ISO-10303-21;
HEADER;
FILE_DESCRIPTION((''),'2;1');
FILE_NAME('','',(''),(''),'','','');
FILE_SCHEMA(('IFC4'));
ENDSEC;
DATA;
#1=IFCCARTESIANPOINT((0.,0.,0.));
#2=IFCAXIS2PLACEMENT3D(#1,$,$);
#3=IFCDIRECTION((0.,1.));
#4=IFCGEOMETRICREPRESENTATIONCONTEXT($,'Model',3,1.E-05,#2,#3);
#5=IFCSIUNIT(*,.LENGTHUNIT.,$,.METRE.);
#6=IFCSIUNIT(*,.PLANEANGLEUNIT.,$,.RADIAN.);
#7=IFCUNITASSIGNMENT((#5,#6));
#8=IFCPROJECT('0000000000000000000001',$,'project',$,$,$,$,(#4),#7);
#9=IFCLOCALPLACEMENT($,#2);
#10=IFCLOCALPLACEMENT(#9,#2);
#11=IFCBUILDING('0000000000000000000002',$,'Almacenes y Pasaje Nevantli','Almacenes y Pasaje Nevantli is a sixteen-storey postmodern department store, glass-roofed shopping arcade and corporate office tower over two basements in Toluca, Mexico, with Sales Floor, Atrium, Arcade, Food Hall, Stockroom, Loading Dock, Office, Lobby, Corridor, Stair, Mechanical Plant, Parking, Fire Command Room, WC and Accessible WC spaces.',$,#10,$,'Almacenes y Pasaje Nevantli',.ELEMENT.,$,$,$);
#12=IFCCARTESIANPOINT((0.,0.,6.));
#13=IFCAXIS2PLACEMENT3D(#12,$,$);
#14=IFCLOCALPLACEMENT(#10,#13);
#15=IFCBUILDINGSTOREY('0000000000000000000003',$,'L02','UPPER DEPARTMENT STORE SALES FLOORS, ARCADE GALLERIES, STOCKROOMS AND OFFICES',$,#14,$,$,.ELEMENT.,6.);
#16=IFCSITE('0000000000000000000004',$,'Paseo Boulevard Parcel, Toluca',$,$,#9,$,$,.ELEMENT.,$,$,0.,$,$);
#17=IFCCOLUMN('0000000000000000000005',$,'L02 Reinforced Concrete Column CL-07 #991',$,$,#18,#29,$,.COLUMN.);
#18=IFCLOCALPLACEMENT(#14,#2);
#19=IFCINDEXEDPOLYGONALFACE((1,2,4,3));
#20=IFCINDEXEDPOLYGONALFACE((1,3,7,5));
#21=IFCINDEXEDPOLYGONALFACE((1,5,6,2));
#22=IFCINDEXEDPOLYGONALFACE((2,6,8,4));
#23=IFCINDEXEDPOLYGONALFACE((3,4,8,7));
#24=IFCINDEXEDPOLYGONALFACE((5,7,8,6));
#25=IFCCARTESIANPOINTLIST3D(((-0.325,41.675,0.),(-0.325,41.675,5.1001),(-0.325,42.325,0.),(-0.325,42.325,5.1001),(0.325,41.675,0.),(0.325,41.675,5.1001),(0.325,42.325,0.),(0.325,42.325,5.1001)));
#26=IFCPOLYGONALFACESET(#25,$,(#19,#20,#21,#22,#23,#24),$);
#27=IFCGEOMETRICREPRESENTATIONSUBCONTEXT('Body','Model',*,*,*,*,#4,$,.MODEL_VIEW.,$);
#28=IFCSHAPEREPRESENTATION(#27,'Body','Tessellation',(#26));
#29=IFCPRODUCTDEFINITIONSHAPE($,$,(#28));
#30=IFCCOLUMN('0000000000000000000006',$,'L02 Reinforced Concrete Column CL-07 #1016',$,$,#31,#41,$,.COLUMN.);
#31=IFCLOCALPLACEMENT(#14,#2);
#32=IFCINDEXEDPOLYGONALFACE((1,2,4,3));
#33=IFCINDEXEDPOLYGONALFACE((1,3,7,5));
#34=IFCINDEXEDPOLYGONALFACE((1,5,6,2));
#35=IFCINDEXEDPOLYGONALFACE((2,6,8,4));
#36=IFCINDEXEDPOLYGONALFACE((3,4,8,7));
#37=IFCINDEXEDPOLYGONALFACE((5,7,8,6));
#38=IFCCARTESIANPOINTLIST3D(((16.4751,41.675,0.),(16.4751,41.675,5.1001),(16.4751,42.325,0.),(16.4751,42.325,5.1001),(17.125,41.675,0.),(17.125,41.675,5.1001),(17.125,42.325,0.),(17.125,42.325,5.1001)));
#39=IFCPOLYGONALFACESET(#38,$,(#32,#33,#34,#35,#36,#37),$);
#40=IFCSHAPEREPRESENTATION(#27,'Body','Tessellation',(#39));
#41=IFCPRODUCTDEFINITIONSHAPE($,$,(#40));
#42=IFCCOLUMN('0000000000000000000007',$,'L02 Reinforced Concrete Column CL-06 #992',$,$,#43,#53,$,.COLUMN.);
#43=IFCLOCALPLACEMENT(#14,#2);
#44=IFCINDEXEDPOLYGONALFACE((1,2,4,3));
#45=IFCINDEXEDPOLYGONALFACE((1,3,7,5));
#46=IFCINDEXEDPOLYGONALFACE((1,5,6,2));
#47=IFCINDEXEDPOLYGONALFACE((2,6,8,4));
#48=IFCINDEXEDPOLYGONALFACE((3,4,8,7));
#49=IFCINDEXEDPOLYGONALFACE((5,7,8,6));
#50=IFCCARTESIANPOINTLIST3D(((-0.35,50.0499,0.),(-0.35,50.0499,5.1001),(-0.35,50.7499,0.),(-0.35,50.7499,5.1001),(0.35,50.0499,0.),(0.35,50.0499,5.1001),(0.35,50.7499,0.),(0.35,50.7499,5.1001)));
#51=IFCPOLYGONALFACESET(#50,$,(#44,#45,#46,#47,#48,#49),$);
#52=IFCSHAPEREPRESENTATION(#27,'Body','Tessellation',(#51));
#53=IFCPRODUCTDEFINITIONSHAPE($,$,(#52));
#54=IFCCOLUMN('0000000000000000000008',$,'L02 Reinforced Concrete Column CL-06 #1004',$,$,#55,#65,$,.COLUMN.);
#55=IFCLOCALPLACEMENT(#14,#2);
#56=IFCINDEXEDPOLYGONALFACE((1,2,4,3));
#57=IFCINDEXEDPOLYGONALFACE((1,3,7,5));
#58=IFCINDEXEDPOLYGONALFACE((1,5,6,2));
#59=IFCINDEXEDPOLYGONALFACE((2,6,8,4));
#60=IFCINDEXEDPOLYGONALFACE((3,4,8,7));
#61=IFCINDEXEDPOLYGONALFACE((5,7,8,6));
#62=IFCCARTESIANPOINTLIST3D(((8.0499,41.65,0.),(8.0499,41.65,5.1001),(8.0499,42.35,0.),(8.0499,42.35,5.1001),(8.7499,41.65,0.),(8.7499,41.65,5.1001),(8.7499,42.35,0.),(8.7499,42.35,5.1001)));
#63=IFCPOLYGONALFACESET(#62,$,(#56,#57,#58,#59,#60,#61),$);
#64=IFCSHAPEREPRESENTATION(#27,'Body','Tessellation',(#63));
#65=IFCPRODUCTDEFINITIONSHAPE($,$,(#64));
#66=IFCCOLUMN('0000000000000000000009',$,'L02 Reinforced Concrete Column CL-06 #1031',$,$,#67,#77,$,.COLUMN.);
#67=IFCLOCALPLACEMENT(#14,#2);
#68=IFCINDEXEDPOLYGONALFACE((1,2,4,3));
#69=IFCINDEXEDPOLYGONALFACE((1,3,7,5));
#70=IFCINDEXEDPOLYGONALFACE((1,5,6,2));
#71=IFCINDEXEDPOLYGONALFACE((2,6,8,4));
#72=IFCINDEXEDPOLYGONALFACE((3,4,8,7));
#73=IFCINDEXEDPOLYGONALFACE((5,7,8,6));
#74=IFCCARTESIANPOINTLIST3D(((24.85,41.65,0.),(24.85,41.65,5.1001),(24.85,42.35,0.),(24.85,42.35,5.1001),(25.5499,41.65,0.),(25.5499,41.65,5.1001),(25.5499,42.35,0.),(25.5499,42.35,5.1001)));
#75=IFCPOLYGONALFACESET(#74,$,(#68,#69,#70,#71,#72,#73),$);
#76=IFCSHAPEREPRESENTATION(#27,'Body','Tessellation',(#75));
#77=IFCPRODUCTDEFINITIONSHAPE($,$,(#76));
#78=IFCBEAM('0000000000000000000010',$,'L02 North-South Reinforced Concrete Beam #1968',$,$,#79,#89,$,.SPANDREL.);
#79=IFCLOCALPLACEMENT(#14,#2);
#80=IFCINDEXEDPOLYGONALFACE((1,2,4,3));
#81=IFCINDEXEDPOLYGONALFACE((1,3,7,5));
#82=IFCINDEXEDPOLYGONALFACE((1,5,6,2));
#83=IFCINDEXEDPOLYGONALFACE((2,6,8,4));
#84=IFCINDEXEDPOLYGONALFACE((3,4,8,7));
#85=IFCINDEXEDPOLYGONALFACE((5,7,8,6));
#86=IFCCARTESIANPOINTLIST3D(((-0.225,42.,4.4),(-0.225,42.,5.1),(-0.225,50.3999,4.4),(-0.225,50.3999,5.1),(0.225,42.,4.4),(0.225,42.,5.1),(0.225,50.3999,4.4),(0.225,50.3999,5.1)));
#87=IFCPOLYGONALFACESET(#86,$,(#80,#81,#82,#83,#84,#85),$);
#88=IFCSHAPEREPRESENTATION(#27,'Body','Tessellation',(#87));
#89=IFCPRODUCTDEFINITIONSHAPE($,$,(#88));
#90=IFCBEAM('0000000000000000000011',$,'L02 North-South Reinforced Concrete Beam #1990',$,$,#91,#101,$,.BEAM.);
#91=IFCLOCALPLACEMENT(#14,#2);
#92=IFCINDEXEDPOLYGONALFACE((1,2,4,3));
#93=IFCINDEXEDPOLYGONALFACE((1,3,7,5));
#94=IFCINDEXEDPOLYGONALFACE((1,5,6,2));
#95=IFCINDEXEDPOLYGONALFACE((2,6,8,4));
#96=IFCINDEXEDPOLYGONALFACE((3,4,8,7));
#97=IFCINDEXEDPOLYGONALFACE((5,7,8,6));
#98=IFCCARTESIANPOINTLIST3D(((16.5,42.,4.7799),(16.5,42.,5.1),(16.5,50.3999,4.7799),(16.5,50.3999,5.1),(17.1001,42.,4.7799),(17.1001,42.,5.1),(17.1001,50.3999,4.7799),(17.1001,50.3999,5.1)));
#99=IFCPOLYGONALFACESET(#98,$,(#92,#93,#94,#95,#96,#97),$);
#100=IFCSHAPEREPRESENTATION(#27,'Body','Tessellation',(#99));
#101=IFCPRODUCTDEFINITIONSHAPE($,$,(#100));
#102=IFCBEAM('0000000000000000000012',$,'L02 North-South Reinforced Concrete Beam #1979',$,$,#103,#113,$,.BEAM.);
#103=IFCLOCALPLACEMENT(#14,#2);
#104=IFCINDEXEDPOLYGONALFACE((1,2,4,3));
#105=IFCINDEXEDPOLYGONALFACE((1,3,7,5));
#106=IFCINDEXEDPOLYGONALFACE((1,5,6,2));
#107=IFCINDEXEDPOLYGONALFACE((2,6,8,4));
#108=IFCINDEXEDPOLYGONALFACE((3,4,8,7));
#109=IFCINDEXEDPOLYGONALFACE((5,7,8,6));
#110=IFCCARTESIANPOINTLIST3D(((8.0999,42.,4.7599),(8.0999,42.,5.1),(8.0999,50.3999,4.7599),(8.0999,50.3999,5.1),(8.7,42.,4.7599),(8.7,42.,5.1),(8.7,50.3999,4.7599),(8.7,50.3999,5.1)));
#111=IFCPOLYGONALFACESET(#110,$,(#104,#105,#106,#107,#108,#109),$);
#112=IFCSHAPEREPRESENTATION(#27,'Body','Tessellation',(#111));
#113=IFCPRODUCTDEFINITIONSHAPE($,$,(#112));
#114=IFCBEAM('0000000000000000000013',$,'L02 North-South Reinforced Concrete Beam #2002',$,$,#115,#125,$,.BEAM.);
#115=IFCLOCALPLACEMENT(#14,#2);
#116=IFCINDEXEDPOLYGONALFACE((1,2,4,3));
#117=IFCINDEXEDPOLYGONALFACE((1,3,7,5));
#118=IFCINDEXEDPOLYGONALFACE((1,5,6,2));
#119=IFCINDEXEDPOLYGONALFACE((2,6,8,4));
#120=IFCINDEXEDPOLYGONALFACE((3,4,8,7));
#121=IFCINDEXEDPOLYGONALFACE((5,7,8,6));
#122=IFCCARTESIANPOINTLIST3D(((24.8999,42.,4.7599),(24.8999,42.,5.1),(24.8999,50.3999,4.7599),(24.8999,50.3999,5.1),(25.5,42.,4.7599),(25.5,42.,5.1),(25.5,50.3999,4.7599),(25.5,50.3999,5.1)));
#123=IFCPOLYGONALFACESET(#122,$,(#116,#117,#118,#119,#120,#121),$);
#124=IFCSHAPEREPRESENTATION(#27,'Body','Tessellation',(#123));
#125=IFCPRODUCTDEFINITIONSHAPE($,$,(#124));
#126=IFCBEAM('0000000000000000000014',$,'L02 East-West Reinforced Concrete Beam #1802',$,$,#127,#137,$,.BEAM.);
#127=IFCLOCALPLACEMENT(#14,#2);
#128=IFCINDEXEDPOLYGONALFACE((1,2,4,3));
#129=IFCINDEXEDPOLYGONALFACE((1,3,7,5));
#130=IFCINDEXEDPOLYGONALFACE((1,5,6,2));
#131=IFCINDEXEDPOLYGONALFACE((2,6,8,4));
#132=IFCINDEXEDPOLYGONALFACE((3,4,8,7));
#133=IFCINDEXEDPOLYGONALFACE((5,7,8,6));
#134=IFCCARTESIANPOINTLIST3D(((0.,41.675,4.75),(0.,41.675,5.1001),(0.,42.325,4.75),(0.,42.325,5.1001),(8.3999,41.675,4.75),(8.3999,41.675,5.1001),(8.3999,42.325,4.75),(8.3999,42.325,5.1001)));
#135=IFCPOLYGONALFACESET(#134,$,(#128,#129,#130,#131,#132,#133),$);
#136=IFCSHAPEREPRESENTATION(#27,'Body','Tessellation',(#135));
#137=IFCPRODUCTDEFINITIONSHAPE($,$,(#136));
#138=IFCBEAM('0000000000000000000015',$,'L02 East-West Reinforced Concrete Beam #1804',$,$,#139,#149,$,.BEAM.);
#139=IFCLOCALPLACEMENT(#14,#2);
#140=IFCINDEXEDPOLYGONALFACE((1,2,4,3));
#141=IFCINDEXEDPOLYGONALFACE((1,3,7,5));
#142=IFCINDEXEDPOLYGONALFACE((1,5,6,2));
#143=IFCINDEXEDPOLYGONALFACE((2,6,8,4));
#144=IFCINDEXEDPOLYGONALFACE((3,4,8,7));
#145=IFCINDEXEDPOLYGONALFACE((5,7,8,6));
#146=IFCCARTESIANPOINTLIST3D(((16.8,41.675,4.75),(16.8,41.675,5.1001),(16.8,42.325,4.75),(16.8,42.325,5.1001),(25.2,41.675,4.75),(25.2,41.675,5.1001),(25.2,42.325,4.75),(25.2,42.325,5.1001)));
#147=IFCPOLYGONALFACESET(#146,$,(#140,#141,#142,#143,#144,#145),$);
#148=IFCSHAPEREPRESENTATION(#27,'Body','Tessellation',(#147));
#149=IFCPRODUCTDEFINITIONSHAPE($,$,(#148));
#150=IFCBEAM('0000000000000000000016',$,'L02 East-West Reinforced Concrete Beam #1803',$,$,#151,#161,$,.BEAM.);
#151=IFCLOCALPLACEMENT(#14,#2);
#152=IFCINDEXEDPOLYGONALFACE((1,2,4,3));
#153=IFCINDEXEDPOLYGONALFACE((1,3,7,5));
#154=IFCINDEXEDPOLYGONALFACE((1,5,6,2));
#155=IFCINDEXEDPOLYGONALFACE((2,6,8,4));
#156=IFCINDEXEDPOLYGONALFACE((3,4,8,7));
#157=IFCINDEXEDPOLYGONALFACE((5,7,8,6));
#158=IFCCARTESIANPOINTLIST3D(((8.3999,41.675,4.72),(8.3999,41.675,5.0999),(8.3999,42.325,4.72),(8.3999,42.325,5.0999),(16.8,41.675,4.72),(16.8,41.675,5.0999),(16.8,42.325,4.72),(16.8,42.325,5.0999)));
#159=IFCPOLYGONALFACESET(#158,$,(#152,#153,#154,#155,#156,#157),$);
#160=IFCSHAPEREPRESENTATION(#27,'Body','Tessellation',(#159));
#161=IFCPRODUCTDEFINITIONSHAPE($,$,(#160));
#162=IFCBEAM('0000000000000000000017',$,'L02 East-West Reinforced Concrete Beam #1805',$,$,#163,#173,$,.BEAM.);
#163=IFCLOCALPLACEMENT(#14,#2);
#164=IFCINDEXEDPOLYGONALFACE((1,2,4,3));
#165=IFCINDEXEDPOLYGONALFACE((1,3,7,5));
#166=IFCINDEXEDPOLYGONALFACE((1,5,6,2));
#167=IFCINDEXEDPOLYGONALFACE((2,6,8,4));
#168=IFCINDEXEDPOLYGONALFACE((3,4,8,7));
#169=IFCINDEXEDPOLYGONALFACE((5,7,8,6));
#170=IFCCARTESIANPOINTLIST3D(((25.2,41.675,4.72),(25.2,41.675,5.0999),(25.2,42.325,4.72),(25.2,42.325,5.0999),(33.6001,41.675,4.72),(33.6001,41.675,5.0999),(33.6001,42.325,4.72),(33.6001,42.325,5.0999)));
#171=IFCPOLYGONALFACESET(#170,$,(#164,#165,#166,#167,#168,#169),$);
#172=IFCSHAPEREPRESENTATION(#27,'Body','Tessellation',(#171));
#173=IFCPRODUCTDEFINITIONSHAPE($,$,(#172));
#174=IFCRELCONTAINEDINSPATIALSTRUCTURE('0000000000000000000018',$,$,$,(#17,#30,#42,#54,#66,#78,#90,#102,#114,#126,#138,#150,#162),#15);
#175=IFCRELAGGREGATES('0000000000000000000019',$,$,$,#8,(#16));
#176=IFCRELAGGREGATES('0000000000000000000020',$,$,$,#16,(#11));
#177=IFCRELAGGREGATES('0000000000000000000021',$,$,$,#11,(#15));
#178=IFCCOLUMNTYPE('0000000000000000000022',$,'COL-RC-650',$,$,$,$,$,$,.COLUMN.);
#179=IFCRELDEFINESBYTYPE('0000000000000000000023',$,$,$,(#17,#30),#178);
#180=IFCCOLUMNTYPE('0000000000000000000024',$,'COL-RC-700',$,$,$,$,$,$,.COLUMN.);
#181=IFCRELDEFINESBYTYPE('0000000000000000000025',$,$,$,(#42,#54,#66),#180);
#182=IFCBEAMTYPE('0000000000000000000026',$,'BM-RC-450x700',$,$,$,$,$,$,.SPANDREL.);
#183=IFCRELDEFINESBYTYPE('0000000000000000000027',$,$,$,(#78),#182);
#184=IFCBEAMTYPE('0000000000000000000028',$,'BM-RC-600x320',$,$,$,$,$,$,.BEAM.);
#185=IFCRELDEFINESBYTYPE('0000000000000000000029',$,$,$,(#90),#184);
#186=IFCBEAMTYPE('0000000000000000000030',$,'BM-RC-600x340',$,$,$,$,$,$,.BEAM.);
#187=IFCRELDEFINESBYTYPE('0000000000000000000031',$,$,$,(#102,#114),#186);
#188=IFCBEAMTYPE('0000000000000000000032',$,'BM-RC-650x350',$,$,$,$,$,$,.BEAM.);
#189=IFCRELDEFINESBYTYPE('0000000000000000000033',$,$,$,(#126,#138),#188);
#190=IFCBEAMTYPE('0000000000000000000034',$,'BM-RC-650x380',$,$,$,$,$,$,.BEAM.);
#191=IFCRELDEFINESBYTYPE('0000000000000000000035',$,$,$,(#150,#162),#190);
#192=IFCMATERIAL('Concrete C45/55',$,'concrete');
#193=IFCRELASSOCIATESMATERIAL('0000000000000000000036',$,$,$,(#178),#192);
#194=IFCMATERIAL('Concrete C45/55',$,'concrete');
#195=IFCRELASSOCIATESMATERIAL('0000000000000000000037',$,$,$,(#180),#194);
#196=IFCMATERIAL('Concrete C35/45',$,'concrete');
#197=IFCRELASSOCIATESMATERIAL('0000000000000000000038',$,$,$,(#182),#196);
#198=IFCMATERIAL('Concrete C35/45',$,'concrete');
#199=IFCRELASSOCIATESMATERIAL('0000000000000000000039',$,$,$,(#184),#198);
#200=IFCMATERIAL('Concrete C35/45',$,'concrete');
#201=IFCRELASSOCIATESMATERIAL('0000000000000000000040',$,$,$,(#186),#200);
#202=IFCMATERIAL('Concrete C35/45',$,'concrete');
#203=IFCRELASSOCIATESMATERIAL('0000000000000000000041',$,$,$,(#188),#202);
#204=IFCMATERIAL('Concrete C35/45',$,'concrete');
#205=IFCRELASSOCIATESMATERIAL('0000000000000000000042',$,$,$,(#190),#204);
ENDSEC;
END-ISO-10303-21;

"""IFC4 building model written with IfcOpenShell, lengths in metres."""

from ifc_helpers import new_model, si_unit, direction, frame, origin, origin_2d, place, context, subcontext, project, spatial, rectangle, extrude, material, material_profile, profile_set, type_object, element, save


model = new_model("IFC4")

# Units and contexts
model_context = context("Model", 3, precision=1e-05, world=origin(), true_north=direction((0.0, 1.0)))
body_context = subcontext(model_context, "Body", "Model", "MODEL_VIEW")
ifc_project = project(units=[si_unit("LENGTHUNIT", "METRE"), si_unit("PLANEANGLEUNIT", "RADIAN")], contexts=[model_context])

# Site, building, storey
site_placement = place(None, origin())
site = spatial("IfcSite", under=ifc_project, at=site_placement, Name="Paseo Boulevard Parcel, Toluca", CompositionType="ELEMENT", RefElevation=0.0)
building_placement = place(site_placement, origin())
building = spatial("IfcBuilding", under=site, at=building_placement, Name="Almacenes y Pasaje Nevantli", Description="Almacenes y Pasaje Nevantli is a sixteen-storey postmodern department store, glass-roofed shopping arcade and corporate office tower over two basements in Toluca, Mexico, with Sales Floor, Atrium, Arcade, Food Hall, Stockroom, Loading Dock, Office, Lobby, Corridor, Stair, Mechanical Plant, Parking, Fire Command Room, WC and Accessible WC spaces.", LongName="Almacenes y Pasaje Nevantli", CompositionType="ELEMENT")
storey_placement = place(building_placement, frame((0.0, 0.0, 6.0)))
storey = spatial("IfcBuildingStorey", under=building, at=storey_placement, Name="L02", Description="UPPER DEPARTMENT STORE SALES FLOORS, ARCADE GALLERIES, STOCKROOMS AND OFFICES", CompositionType="ELEMENT", Elevation=6.0)

# Columns
ifc_material_1 = material(Name="Concrete C45/55", Category="concrete")
ifc_material_profile_1 = material_profile(ifc_material_1, rectangle(XDim=0.6499, YDim=0.6499, at=origin_2d()), Name="RC-COL-650x650")
ifc_profile_set_1 = profile_set([ifc_material_profile_1], Name="Concrete C45/55")
column_type_1 = type_object("IfcColumnType", Name="COL-RC-650", PredefinedType="COLUMN", material=ifc_profile_set_1)
for number, where, z_axis, x_axis, name in (
    (1, (0.0, 42.0, 0.0), (0.0, 0.0, 1.0), (1.0, 0.0, 0.0), "L02 Reinforced Concrete Column CL-07 #991"),
    (2, (16.8, 42.0, 0.0), (0.0, 0.0, 1.0), (1.0, 0.0, 0.0), "L02 Reinforced Concrete Column CL-07 #1016"),
):
    element("IfcColumn", number, at=place(storey_placement, frame(where, z_axis=z_axis, x_axis=x_axis)), inside=storey, type_object=column_type_1, Name=name, PredefinedType="COLUMN", context=body_context, shape_type="SweptSolid", body=[
        extrude(rectangle(XDim=0.6499, YDim=0.6499, at=origin_2d()), origin(), (0.0, 0.0, 1.0), 5.1001),
    ])
ifc_material_2 = material(Name="Concrete C45/55", Category="concrete")
ifc_material_profile_2 = material_profile(ifc_material_2, rectangle(XDim=0.7, YDim=0.7, at=origin_2d()), Name="RC-COL-700x700")
ifc_profile_set_2 = profile_set([ifc_material_profile_2], Name="Concrete C45/55")
column_type_2 = type_object("IfcColumnType", Name="COL-RC-700", PredefinedType="COLUMN", material=ifc_profile_set_2)
for number, where, z_axis, x_axis, name in (
    (3, (0.0, 50.3999, 0.0), (0.0, 0.0, 1.0), (1.0, 0.0, 0.0), "L02 Reinforced Concrete Column CL-06 #992"),
    (4, (8.3999, 42.0, 0.0), (0.0, 0.0, 1.0), (1.0, 0.0, 0.0), "L02 Reinforced Concrete Column CL-06 #1004"),
    (5, (25.2, 42.0, 0.0), (0.0, 0.0, 1.0), (1.0, 0.0, 0.0), "L02 Reinforced Concrete Column CL-06 #1031"),
):
    element("IfcColumn", number, at=place(storey_placement, frame(where, z_axis=z_axis, x_axis=x_axis)), inside=storey, type_object=column_type_2, Name=name, PredefinedType="COLUMN", context=body_context, shape_type="SweptSolid", body=[
        extrude(rectangle(XDim=0.7, YDim=0.7, at=origin_2d()), origin(), (0.0, 0.0, 1.0), 5.1001),
    ])

# Beams
ifc_material_3 = material(Name="Concrete C35/45", Category="concrete")
ifc_material_profile_3 = material_profile(ifc_material_3, rectangle(XDim=0.45, YDim=0.7, at=origin_2d()), Name="RC-BM-450x700")
ifc_profile_set_3 = profile_set([ifc_material_profile_3], Name="Concrete C35/45")
beam_type_1 = type_object("IfcBeamType", Name="BM-RC-450x700", PredefinedType="SPANDREL", material=ifc_profile_set_3)
beam_1_placement = place(storey_placement, frame((0.0, 42.0, 4.75), z_axis=(0.0, 1.0, 0.0), x_axis=(-1.0, 0.0, 0.0)))
element("IfcBeam", 6, at=beam_1_placement, inside=storey, type_object=beam_type_1, Name="L02 North-South Reinforced Concrete Beam #1968", PredefinedType="SPANDREL", context=body_context, shape_type="SweptSolid", body=[
    extrude(rectangle(XDim=0.45, YDim=0.7, at=origin_2d()), origin(), (0.0, 0.0, 1.0), 8.3999),
])
ifc_material_4 = material(Name="Concrete C35/45", Category="concrete")
ifc_material_profile_4 = material_profile(ifc_material_4, rectangle(XDim=0.6001, YDim=0.3201, at=origin_2d()), Name="RC-BM-600x320")
ifc_profile_set_4 = profile_set([ifc_material_profile_4], Name="Concrete C35/45")
beam_type_2 = type_object("IfcBeamType", Name="BM-RC-600x320", PredefinedType="BEAM", material=ifc_profile_set_4)
beam_2_placement = place(storey_placement, frame((16.8, 42.0, 4.9399), z_axis=(0.0, 1.0, 0.0), x_axis=(-1.0, 0.0, 0.0)))
element("IfcBeam", 7, at=beam_2_placement, inside=storey, type_object=beam_type_2, Name="L02 North-South Reinforced Concrete Beam #1990", PredefinedType="BEAM", context=body_context, shape_type="SweptSolid", body=[
    extrude(rectangle(XDim=0.6001, YDim=0.3201, at=origin_2d()), origin(), (0.0, 0.0, 1.0), 8.3999),
])
ifc_material_5 = material(Name="Concrete C35/45", Category="concrete")
ifc_material_profile_5 = material_profile(ifc_material_5, rectangle(XDim=0.6001, YDim=0.3401, at=origin_2d()), Name="RC-BM-600x340")
ifc_profile_set_5 = profile_set([ifc_material_profile_5], Name="Concrete C35/45")
beam_type_3 = type_object("IfcBeamType", Name="BM-RC-600x340", PredefinedType="BEAM", material=ifc_profile_set_5)
for number, where, z_axis, x_axis, name in (
    (8, (8.3999, 42.0, 4.9299), (0.0, 1.0, 0.0), (-1.0, 0.0, 0.0), "L02 North-South Reinforced Concrete Beam #1979"),
    (9, (25.2, 42.0, 4.9299), (0.0, 1.0, 0.0), (-1.0, 0.0, 0.0), "L02 North-South Reinforced Concrete Beam #2002"),
):
    element("IfcBeam", number, at=place(storey_placement, frame(where, z_axis=z_axis, x_axis=x_axis)), inside=storey, type_object=beam_type_3, Name=name, PredefinedType="BEAM", context=body_context, shape_type="SweptSolid", body=[
        extrude(rectangle(XDim=0.6001, YDim=0.3401, at=origin_2d()), origin(), (0.0, 0.0, 1.0), 8.3999),
    ])
ifc_material_6 = material(Name="Concrete C35/45", Category="concrete")
ifc_material_profile_6 = material_profile(ifc_material_6, rectangle(XDim=0.6499, YDim=0.3501, at=origin_2d()), Name="RC-BM-650x350")
ifc_profile_set_6 = profile_set([ifc_material_profile_6], Name="Concrete C35/45")
beam_type_4 = type_object("IfcBeamType", Name="BM-RC-650x350", PredefinedType="BEAM", material=ifc_profile_set_6)
for number, where, z_axis, x_axis, name in (
    (10, (0.0, 42.0, 4.925), (1.0, 0.0, 0.0), (0.0, 1.0, 0.0), "L02 East-West Reinforced Concrete Beam #1802"),
    (11, (16.8, 42.0, 4.925), (1.0, 0.0, 0.0), (0.0, 1.0, 0.0), "L02 East-West Reinforced Concrete Beam #1804"),
):
    element("IfcBeam", number, at=place(storey_placement, frame(where, z_axis=z_axis, x_axis=x_axis)), inside=storey, type_object=beam_type_4, Name=name, PredefinedType="BEAM", context=body_context, shape_type="SweptSolid", body=[
        extrude(rectangle(XDim=0.6499, YDim=0.3501, at=origin_2d()), origin(), (0.0, 0.0, 1.0), 8.3999),
    ])
ifc_material_7 = material(Name="Concrete C35/45", Category="concrete")
ifc_material_profile_7 = material_profile(ifc_material_7, rectangle(XDim=0.6499, YDim=0.3799, at=origin_2d()), Name="RC-BM-650x380")
ifc_profile_set_7 = profile_set([ifc_material_profile_7], Name="Concrete C35/45")
beam_type_5 = type_object("IfcBeamType", Name="BM-RC-650x380", PredefinedType="BEAM", material=ifc_profile_set_7)
for number, where, z_axis, x_axis, name in (
    (12, (8.3999, 42.0, 4.9099), (1.0, 0.0, 0.0), (0.0, 1.0, 0.0), "L02 East-West Reinforced Concrete Beam #1803"),
    (13, (25.2, 42.0, 4.9099), (1.0, 0.0, 0.0), (0.0, 1.0, 0.0), "L02 East-West Reinforced Concrete Beam #1805"),
):
    element("IfcBeam", number, at=place(storey_placement, frame(where, z_axis=z_axis, x_axis=x_axis)), inside=storey, type_object=beam_type_5, Name=name, PredefinedType="BEAM", context=body_context, shape_type="SweptSolid", body=[
        extrude(rectangle(XDim=0.6499, YDim=0.3799, at=origin_2d()), origin(), (0.0, 0.0, 1.0), 8.4001),
    ])

save(model, "model.ifc")
